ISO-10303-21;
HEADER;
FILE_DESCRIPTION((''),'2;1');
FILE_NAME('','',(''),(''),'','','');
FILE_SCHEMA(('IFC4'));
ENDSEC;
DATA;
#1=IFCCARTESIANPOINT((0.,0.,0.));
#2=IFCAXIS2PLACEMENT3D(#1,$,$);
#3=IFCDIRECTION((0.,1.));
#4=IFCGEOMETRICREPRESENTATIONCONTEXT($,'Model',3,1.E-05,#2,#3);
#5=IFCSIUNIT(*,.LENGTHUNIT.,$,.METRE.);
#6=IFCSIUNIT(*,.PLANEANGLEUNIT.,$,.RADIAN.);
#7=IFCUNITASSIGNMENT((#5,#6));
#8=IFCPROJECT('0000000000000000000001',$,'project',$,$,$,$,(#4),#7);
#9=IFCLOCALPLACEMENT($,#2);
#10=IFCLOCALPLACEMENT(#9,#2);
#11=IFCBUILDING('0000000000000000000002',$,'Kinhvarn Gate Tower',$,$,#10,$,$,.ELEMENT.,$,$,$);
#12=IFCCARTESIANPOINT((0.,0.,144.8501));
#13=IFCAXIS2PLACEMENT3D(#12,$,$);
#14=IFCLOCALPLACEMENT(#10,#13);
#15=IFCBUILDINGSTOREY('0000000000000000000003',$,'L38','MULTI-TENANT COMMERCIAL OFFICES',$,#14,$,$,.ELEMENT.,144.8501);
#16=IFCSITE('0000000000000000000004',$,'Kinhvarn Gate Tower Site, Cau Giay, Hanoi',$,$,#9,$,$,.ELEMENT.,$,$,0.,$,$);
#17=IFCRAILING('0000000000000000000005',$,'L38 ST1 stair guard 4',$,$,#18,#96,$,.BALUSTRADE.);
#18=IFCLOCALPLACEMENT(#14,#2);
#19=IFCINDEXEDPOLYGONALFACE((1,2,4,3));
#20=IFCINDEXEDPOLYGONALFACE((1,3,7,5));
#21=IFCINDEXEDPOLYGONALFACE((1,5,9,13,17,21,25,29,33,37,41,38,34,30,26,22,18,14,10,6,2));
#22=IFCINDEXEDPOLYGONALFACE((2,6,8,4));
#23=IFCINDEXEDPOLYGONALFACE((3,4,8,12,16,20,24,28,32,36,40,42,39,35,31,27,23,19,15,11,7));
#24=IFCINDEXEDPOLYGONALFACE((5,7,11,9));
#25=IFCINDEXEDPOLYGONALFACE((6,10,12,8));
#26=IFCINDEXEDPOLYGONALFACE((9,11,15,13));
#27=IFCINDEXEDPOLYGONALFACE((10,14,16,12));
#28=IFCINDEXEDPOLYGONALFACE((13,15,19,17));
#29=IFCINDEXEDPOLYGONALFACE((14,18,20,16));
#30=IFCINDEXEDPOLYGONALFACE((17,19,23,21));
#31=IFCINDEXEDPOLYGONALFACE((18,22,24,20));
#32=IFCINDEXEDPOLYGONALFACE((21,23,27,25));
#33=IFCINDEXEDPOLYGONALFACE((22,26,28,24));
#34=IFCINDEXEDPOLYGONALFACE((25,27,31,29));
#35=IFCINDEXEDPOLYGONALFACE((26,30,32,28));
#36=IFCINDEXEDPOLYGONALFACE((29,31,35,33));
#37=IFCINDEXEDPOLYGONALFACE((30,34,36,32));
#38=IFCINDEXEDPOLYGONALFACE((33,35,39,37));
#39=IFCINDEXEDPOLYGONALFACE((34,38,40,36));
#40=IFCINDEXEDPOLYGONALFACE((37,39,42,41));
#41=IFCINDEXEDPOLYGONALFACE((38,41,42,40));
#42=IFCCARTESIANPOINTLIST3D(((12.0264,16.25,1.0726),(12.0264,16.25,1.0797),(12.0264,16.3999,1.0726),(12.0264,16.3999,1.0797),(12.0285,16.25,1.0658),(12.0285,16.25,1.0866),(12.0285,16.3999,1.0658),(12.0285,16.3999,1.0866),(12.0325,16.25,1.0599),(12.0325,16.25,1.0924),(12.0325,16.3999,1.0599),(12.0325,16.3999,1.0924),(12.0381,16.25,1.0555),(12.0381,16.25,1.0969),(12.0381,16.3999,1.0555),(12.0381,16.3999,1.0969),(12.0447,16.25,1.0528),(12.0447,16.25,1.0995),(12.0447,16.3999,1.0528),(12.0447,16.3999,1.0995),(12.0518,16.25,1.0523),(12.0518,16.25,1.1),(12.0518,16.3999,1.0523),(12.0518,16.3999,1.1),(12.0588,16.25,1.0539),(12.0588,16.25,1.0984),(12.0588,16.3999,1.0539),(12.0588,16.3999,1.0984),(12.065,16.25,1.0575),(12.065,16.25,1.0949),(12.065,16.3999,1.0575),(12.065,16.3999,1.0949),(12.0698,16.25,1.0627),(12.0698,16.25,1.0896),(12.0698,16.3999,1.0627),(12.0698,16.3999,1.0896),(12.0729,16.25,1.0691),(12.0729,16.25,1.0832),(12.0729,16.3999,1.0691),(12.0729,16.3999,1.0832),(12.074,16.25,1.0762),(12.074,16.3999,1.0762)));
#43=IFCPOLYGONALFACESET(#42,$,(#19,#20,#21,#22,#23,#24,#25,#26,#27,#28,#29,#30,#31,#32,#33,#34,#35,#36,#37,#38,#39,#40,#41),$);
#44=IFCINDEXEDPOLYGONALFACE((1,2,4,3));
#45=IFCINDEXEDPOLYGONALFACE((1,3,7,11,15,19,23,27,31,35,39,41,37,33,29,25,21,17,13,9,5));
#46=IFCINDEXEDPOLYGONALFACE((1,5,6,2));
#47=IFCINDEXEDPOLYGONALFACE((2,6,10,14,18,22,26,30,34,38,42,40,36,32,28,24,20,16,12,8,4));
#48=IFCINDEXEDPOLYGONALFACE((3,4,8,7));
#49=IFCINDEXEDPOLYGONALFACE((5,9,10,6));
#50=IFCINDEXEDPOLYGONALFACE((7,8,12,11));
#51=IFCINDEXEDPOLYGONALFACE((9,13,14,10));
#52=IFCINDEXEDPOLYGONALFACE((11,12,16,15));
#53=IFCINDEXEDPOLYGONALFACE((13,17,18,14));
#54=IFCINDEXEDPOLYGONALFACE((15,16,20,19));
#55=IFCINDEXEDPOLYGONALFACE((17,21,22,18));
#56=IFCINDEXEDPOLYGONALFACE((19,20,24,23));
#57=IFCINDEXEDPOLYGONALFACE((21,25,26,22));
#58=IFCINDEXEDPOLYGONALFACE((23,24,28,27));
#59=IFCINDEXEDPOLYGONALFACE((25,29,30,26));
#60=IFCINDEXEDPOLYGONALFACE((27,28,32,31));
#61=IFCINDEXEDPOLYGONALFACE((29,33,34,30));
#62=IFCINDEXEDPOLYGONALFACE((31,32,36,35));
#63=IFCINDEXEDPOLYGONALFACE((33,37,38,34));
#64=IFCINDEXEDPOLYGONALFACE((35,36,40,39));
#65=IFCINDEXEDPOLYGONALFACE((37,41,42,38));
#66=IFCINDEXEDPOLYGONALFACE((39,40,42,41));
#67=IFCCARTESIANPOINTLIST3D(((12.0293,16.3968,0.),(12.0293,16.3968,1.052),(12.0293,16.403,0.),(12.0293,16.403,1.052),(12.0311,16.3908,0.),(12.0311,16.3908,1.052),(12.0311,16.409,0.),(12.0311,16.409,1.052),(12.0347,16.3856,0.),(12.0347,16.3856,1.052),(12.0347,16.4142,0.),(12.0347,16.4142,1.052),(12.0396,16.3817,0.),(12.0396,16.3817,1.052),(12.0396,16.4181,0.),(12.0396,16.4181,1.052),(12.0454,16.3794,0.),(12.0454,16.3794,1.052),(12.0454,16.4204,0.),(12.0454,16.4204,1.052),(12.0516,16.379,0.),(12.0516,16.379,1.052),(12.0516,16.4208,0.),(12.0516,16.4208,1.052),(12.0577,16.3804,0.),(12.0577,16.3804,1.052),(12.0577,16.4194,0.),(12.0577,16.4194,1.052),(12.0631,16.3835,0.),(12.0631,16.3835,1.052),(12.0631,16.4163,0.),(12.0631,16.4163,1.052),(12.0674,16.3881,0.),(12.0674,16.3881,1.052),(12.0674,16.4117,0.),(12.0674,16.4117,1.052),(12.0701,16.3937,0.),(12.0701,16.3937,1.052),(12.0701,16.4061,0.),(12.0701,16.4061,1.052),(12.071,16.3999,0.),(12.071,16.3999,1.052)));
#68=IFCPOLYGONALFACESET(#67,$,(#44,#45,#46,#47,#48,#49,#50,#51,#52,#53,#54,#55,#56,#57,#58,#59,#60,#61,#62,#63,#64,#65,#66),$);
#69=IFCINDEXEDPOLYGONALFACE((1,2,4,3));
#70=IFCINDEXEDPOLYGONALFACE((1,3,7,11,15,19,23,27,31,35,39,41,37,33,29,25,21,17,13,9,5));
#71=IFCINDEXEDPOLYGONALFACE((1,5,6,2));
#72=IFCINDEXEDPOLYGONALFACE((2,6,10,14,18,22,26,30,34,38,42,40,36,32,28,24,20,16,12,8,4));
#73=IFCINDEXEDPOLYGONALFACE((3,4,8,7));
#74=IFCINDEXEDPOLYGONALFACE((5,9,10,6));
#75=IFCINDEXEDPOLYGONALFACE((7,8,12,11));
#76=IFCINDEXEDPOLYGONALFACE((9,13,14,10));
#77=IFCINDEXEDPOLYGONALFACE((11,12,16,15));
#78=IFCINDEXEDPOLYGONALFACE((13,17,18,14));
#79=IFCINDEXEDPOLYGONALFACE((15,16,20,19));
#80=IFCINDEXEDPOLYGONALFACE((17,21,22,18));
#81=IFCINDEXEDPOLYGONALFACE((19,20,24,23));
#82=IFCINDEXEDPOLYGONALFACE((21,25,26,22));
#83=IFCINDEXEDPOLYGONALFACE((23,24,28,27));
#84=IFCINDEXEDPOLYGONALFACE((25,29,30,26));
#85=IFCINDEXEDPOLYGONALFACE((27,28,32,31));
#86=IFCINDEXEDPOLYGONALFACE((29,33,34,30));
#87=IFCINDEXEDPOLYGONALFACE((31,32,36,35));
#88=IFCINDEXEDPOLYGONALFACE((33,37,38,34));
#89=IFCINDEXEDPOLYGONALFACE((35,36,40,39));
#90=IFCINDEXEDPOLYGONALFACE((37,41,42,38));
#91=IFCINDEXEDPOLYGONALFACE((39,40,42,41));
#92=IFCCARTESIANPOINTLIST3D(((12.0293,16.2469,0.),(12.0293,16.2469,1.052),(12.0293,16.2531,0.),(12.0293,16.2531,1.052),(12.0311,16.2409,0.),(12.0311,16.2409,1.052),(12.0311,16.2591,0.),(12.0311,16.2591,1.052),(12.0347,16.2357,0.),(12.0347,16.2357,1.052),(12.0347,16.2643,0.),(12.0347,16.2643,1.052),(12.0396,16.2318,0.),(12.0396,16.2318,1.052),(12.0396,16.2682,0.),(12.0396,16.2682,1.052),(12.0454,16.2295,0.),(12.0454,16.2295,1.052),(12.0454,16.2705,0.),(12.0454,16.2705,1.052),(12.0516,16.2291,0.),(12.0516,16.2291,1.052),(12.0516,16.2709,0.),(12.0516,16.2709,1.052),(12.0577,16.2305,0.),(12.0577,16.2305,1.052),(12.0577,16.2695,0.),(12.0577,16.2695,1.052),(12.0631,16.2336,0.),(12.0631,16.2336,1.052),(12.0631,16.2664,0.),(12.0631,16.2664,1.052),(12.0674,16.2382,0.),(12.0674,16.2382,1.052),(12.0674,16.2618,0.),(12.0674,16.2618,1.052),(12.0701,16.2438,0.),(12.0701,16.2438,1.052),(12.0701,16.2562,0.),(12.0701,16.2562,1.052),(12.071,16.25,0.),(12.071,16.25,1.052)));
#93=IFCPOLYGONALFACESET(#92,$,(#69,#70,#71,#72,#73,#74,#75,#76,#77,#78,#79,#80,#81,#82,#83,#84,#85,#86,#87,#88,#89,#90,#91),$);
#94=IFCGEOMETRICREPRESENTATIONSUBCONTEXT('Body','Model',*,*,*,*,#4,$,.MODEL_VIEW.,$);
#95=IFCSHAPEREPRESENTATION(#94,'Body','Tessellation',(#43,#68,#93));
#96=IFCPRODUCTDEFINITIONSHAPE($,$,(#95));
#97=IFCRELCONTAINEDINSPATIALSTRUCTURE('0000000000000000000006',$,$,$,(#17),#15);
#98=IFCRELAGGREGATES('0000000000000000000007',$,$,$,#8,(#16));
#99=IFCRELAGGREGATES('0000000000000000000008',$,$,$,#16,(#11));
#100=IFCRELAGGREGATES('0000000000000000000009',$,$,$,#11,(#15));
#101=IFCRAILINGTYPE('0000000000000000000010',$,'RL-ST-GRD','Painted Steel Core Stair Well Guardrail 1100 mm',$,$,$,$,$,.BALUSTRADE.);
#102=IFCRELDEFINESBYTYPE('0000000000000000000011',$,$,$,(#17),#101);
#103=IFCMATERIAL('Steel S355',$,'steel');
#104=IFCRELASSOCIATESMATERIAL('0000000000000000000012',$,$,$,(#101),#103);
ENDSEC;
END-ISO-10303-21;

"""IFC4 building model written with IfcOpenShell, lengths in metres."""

from ifc_helpers import new_model, si_unit, direction, frame, origin, origin_2d, place, context, subcontext, project, spatial, circle, extrude, material, type_object, element, save


model = new_model("IFC4")

# Units and contexts
model_context = context("Model", 3, precision=1e-05, world=origin(), true_north=direction((0.0, 1.0)))
body_context = subcontext(model_context, "Body", "Model", "MODEL_VIEW")
ifc_project = project(units=[si_unit("LENGTHUNIT", "METRE"), si_unit("PLANEANGLEUNIT", "RADIAN")], contexts=[model_context])

# Site, building, storey
site_placement = place(None, origin())
site = spatial("IfcSite", under=ifc_project, at=site_placement, Name="Kinhvarn Gate Tower Site, Cau Giay, Hanoi", CompositionType="ELEMENT", RefElevation=0.0)
building_placement = place(site_placement, origin())
building = spatial("IfcBuilding", under=site, at=building_placement, Name="Kinhvarn Gate Tower", CompositionType="ELEMENT")
storey_placement = place(building_placement, frame((0.0, 0.0, 144.8501)))
storey = spatial("IfcBuildingStorey", under=building, at=storey_placement, Name="L38", Description="MULTI-TENANT COMMERCIAL OFFICES", CompositionType="ELEMENT", Elevation=144.8501)

# Shared definitions
ifc_material_1 = material(Name="Steel S355", Category="steel")

# Railing
railing_type_1 = type_object("IfcRailingType", Name="RL-ST-GRD", Description="Painted Steel Core Stair Well Guardrail 1100 mm", PredefinedType="BALUSTRADE", material=ifc_material_1)
railing_1_placement = place(storey_placement, frame((12.05, 16.3999, 0.0)))
element("IfcRailing", 1, at=railing_1_placement, inside=storey, type_object=railing_type_1, Name="L38 ST1 stair guard 4", PredefinedType="BALUSTRADE", context=body_context, shape_type="SweptSolid", body=[
    extrude(circle(Radius=0.0239, at=origin_2d()), frame((0.0, 0.0, 1.0762), z_axis=(0.0, -1.0, 0.0), x_axis=(1.0, 0.0, 0.0)), (0.0, 0.0, 1.0), 0.1499),
    extrude(circle(Radius=0.021, at=origin_2d()), origin(), (0.0, 0.0, 1.0), 1.052),
    extrude(circle(Radius=0.021, at=origin_2d()), frame((0.0, -0.1499, 0.0)), (0.0, 0.0, 1.0), 1.052),
])

save(model, "model.ifc")
